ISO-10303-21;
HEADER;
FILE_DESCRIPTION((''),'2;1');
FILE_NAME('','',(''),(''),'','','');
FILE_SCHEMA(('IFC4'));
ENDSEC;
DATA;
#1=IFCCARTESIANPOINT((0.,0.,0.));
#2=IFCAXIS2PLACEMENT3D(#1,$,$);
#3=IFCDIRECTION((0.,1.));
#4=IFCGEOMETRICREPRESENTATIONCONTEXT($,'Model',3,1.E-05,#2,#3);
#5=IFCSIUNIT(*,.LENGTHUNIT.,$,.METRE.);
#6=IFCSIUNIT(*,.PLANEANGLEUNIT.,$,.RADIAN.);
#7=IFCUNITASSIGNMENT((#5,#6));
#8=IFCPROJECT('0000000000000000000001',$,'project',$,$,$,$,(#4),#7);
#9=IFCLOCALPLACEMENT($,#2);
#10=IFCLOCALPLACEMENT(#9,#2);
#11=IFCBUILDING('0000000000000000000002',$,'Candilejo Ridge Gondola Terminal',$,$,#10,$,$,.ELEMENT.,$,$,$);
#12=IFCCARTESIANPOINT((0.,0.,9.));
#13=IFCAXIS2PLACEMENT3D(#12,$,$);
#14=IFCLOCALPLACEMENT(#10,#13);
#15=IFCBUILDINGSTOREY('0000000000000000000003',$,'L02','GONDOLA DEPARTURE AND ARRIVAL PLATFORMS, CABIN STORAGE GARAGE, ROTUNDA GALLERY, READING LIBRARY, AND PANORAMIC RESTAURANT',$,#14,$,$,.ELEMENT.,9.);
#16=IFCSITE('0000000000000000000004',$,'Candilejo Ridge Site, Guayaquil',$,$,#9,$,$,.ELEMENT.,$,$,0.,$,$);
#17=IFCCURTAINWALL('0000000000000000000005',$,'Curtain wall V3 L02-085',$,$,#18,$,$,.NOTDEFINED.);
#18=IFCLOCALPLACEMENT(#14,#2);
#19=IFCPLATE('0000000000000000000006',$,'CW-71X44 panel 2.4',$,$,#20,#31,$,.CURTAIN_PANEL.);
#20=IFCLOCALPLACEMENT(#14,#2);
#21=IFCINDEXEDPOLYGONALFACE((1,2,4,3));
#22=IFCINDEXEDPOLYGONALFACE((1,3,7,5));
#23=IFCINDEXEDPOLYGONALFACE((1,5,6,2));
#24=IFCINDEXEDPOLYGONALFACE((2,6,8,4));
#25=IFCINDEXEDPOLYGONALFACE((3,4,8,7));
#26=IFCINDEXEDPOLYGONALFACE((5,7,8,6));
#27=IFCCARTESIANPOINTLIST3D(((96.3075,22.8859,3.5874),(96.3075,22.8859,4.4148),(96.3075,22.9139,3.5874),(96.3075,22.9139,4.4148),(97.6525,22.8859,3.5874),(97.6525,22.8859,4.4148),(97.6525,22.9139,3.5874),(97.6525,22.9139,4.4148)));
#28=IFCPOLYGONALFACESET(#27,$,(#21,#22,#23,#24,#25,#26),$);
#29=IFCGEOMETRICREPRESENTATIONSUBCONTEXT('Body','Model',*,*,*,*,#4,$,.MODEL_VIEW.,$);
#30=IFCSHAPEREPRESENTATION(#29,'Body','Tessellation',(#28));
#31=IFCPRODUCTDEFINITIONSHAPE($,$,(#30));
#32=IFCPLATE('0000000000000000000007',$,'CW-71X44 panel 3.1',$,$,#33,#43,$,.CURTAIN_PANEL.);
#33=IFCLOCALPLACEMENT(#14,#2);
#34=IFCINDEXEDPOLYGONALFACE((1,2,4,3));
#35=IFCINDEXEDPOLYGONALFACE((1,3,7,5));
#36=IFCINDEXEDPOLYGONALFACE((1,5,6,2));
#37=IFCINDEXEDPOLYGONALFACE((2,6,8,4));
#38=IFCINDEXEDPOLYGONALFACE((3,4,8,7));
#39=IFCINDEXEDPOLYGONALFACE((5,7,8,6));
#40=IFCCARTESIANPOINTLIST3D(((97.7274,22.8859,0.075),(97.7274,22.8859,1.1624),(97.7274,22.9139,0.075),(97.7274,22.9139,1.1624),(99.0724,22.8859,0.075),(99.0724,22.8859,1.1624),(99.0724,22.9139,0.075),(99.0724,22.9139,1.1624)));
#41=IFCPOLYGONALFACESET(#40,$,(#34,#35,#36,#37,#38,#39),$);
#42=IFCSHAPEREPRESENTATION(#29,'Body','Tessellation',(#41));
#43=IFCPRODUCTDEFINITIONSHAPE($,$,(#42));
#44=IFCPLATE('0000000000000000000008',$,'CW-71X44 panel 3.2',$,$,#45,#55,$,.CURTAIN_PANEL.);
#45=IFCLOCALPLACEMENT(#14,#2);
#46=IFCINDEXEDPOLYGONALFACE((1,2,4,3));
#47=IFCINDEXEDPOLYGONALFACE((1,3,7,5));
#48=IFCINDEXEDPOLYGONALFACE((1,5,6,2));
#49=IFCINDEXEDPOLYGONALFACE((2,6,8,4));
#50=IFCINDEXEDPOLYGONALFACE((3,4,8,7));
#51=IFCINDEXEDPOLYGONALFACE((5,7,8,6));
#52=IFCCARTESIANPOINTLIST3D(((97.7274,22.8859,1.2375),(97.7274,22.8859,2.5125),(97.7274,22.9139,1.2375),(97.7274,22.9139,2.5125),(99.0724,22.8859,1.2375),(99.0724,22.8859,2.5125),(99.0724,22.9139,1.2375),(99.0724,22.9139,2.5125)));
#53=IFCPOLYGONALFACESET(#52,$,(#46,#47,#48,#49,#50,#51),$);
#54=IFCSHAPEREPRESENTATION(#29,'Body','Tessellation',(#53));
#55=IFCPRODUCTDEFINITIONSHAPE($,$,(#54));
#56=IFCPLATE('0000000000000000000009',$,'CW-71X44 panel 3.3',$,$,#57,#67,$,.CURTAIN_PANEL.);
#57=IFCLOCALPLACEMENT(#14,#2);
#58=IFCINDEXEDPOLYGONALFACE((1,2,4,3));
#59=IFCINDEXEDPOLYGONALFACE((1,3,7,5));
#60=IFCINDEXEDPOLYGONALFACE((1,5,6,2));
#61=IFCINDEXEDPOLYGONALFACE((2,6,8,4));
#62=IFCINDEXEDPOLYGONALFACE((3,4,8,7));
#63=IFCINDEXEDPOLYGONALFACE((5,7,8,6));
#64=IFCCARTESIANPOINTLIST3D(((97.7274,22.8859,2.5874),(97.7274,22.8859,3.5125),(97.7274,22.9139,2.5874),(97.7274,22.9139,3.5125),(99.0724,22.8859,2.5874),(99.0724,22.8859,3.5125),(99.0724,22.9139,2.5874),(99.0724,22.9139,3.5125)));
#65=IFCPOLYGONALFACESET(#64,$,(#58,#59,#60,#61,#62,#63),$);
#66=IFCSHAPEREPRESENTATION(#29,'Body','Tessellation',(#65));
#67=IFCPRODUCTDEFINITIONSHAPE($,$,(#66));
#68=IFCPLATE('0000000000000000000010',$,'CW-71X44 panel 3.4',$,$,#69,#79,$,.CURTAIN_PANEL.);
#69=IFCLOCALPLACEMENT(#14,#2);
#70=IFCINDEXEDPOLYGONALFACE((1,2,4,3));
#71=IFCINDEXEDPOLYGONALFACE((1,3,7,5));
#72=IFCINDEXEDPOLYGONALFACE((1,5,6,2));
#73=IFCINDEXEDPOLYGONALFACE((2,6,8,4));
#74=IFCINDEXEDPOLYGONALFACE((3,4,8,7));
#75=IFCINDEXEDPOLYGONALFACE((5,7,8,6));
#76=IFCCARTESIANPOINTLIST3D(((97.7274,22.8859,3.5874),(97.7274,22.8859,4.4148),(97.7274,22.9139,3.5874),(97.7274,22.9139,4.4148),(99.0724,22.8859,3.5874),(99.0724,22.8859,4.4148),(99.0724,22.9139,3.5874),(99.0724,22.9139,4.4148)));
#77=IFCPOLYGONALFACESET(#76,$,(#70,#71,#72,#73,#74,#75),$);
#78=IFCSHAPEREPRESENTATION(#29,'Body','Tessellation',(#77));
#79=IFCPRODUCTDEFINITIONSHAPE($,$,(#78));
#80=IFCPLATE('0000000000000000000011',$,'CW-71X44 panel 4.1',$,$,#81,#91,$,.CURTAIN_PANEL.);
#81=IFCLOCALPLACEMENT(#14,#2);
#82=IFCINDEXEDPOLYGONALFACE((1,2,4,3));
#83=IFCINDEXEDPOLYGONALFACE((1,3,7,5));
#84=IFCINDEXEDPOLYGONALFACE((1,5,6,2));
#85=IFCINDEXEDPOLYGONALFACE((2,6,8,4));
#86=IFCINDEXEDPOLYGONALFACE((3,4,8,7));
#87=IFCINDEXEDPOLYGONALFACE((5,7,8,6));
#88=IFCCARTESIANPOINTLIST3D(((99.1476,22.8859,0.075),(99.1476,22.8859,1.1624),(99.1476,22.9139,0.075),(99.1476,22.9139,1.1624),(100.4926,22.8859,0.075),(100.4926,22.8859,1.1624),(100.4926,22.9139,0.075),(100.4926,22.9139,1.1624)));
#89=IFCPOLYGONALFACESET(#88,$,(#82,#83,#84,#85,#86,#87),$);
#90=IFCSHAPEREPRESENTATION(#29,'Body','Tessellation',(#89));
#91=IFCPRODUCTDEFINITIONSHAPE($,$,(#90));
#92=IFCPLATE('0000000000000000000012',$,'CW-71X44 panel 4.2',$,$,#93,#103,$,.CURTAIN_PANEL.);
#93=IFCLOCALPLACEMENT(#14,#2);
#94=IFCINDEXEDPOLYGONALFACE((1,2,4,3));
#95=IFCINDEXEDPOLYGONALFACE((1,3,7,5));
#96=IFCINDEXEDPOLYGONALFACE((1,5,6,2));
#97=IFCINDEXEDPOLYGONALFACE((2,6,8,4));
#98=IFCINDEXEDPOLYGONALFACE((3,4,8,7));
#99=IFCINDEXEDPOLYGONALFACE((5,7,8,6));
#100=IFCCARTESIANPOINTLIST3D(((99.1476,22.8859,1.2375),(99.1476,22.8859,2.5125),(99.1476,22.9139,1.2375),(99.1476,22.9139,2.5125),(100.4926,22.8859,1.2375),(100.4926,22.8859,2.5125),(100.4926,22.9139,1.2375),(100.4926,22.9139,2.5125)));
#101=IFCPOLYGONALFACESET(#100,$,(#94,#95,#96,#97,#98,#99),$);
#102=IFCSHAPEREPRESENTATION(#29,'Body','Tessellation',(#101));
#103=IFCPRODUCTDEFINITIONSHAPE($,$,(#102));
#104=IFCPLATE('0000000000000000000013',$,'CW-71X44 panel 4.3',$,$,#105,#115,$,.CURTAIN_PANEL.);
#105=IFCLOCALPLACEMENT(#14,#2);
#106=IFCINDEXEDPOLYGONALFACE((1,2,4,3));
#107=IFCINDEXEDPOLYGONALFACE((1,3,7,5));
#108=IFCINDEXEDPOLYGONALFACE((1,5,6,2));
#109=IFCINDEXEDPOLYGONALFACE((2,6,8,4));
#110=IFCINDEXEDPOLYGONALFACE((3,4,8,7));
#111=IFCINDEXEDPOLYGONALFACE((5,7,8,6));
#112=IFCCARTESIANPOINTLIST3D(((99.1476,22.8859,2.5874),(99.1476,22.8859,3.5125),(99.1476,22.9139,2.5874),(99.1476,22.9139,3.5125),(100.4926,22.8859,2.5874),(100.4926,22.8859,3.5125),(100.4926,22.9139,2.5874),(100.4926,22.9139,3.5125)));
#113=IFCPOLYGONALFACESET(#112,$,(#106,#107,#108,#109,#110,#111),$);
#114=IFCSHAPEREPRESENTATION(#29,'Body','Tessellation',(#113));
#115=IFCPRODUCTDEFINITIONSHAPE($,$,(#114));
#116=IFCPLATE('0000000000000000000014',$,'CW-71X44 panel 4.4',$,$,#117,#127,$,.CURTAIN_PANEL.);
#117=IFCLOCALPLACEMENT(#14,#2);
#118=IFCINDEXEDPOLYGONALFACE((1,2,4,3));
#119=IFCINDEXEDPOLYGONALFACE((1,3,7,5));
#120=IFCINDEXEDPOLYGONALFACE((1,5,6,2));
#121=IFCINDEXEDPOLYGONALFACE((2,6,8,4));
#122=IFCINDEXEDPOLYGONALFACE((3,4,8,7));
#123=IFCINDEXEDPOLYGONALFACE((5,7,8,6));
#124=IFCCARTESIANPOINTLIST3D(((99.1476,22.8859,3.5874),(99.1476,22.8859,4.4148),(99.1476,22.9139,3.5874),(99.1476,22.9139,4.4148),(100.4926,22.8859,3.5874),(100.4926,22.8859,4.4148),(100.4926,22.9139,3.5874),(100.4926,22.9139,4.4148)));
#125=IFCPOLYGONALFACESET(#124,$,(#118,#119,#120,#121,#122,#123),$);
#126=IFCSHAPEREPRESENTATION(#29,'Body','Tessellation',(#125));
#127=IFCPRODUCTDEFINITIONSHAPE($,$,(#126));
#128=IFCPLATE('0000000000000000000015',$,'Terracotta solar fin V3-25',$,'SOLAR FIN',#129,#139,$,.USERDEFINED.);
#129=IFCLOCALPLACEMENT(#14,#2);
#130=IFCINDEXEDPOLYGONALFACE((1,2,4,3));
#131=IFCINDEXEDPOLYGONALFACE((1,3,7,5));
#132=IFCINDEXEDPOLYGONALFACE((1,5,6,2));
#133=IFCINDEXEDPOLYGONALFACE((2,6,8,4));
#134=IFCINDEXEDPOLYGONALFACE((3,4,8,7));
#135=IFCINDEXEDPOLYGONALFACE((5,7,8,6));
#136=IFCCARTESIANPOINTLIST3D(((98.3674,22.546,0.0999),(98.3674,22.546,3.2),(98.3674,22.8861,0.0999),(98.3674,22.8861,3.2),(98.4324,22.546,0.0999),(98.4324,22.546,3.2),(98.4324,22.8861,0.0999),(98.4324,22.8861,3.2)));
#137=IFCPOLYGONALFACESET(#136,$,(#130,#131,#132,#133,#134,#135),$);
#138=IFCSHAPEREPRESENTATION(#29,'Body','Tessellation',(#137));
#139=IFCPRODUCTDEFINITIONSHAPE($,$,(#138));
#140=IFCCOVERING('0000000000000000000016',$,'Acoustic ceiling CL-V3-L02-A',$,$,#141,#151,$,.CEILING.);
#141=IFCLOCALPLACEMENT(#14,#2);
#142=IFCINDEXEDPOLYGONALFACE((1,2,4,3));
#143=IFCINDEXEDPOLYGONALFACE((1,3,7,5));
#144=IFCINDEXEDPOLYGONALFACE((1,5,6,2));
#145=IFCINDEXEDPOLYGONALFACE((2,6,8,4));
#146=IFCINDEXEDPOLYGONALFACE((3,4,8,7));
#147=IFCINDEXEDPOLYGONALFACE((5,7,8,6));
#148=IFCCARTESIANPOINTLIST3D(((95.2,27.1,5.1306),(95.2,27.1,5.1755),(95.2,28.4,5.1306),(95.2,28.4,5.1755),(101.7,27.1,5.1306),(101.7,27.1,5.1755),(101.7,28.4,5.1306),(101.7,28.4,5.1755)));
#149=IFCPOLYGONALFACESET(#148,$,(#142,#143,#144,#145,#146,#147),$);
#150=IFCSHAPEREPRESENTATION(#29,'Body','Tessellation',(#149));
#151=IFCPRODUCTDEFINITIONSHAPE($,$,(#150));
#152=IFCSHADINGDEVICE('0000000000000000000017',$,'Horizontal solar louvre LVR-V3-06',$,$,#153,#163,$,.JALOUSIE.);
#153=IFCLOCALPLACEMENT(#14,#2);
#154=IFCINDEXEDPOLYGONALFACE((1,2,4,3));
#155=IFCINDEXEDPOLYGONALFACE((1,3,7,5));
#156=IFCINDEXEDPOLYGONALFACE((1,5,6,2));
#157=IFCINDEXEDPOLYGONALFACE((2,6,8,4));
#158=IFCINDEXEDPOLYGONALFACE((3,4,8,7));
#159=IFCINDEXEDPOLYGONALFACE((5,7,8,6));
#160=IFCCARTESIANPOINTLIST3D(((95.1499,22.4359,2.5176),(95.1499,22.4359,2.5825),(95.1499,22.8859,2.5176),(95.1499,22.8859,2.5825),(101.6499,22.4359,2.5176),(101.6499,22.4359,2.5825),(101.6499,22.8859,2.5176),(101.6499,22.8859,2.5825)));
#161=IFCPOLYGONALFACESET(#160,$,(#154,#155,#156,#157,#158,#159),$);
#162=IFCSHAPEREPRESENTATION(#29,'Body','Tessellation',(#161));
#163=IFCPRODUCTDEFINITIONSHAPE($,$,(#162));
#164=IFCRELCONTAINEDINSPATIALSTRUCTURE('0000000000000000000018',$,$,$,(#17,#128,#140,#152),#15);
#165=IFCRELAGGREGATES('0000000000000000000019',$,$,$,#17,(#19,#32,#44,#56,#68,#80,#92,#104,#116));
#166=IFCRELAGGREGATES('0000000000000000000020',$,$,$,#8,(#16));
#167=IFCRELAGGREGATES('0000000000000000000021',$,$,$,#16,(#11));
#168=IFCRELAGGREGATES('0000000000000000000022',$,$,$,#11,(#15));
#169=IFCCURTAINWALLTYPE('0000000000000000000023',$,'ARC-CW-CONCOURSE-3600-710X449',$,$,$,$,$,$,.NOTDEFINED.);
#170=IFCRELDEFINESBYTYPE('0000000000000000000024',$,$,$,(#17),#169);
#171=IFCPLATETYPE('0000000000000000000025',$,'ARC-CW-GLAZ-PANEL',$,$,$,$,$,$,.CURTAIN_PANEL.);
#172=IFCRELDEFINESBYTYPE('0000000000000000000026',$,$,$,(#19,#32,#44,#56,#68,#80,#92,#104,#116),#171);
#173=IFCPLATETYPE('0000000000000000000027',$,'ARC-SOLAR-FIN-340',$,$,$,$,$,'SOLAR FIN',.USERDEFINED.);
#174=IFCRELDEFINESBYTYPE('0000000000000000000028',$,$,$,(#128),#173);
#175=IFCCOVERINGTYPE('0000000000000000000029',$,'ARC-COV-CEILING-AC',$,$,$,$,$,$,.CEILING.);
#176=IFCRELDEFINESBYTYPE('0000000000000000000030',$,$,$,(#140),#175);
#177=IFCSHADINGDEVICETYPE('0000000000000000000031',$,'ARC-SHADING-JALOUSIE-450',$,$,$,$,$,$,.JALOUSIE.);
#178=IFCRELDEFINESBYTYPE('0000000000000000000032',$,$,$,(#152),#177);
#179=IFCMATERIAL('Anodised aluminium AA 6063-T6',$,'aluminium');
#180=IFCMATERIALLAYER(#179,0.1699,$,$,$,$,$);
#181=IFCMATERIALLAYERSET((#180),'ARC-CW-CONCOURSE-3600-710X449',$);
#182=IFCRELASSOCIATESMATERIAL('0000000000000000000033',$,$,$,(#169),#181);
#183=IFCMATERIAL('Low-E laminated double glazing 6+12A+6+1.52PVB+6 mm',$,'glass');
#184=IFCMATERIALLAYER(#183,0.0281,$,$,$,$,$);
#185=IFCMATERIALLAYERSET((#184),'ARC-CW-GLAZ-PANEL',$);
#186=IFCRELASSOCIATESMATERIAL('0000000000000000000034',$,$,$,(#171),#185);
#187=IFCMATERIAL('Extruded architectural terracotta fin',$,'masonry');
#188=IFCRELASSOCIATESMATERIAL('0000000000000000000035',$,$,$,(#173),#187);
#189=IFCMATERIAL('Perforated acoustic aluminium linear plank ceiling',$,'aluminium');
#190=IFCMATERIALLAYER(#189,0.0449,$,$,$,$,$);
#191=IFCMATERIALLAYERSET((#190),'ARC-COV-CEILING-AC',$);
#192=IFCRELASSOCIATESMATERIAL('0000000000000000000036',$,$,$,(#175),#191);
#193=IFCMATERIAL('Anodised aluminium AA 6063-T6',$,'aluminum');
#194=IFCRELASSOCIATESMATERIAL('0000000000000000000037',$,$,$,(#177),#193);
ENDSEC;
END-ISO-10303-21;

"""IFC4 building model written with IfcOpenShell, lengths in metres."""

from ifc_helpers import new_model, si_unit, direction, frame, origin, origin_2d, place, context, subcontext, project, spatial, rectangle, extrude, material, layer, layer_set, type_object, element, aggregate, save


model = new_model("IFC4")

# Units and contexts
model_context = context("Model", 3, precision=1e-05, world=origin(), true_north=direction((0.0, 1.0)))
body_context = subcontext(model_context, "Body", "Model", "MODEL_VIEW")
ifc_project = project(units=[si_unit("LENGTHUNIT", "METRE"), si_unit("PLANEANGLEUNIT", "RADIAN")], contexts=[model_context])

# Site, building, storey
site_placement = place(None, origin())
site = spatial("IfcSite", under=ifc_project, at=site_placement, Name="Candilejo Ridge Site, Guayaquil", CompositionType="ELEMENT", RefElevation=0.0)
building_placement = place(site_placement, origin())
building = spatial("IfcBuilding", under=site, at=building_placement, Name="Candilejo Ridge Gondola Terminal", CompositionType="ELEMENT")
storey_placement = place(building_placement, frame((0.0, 0.0, 9.0)))
storey = spatial("IfcBuildingStorey", under=building, at=storey_placement, Name="L02", Description="GONDOLA DEPARTURE AND ARRIVAL PLATFORMS, CABIN STORAGE GARAGE, ROTUNDA GALLERY, READING LIBRARY, AND PANORAMIC RESTAURANT", CompositionType="ELEMENT", Elevation=9.0)

# Curtain wall, plates
ifc_material_1 = material(Name="Anodised aluminium AA 6063-T6", Category="aluminium")
ifc_layer_1 = layer(ifc_material_1, 0.1699)
ifc_layer_set_1 = layer_set([ifc_layer_1], Name="ARC-CW-CONCOURSE-3600-710X449")
curtain_wall_type = type_object("IfcCurtainWallType", Name="ARC-CW-CONCOURSE-3600-710X449", PredefinedType="NOTDEFINED", material=ifc_layer_set_1)
curtain_wall_placement = place(storey_placement, origin())
curtain_wall = element("IfcCurtainWall", 1, at=curtain_wall_placement, inside=storey, type_object=curtain_wall_type, Name="Curtain wall V3 L02-085", PredefinedType="NOTDEFINED")
ifc_material_2 = material(Name="Low-E laminated double glazing 6+12A+6+1.52PVB+6 mm", Category="glass")
ifc_layer_2 = layer(ifc_material_2, 0.0281)
ifc_layer_set_2 = layer_set([ifc_layer_2], Name="ARC-CW-GLAZ-PANEL")
plate_type_1 = type_object("IfcPlateType", Name="ARC-CW-GLAZ-PANEL", PredefinedType="CURTAIN_PANEL", material=ifc_layer_set_2)
plate_1_placement = place(storey_placement, frame((96.98, 22.8999, 3.5874), z_axis=(0.0, 0.0, 1.0), x_axis=(1.0, 0.0, 0.0)))
plate_1 = element("IfcPlate", 2, at=plate_1_placement, type_object=plate_type_1, Name="CW-71X44 panel 2.4", PredefinedType="CURTAIN_PANEL", context=body_context, shape_type="SweptSolid", body=[
    extrude(rectangle(XDim=1.345, YDim=0.0281, at=origin_2d()), origin(), (0.0, 0.0, 1.0), 0.8274),
])
plate_2_placement = place(storey_placement, frame((98.3999, 22.8999, 0.075), z_axis=(0.0, 0.0, 1.0), x_axis=(1.0, 0.0, 0.0)))
plate_2 = element("IfcPlate", 3, at=plate_2_placement, type_object=plate_type_1, Name="CW-71X44 panel 3.1", PredefinedType="CURTAIN_PANEL", context=body_context, shape_type="SweptSolid", body=[
    extrude(rectangle(XDim=1.345, YDim=0.0281, at=origin_2d()), origin(), (0.0, 0.0, 1.0), 1.0874),
])
plate_3_placement = place(storey_placement, frame((98.3999, 22.8999, 1.2375), z_axis=(0.0, 0.0, 1.0), x_axis=(1.0, 0.0, 0.0)))
plate_3 = element("IfcPlate", 4, at=plate_3_placement, type_object=plate_type_1, Name="CW-71X44 panel 3.2", PredefinedType="CURTAIN_PANEL", context=body_context, shape_type="SweptSolid", body=[
    extrude(rectangle(XDim=1.345, YDim=0.0281, at=origin_2d()), origin(), (0.0, 0.0, 1.0), 1.2749),
])
plate_4_placement = place(storey_placement, frame((98.3999, 22.8999, 2.5874), z_axis=(0.0, 0.0, 1.0), x_axis=(1.0, 0.0, 0.0)))
plate_4 = element("IfcPlate", 5, at=plate_4_placement, type_object=plate_type_1, Name="CW-71X44 panel 3.3", PredefinedType="CURTAIN_PANEL", context=body_context, shape_type="SweptSolid", body=[
    extrude(rectangle(XDim=1.345, YDim=0.0281, at=origin_2d()), origin(), (0.0, 0.0, 1.0), 0.925),
])
plate_5_placement = place(storey_placement, frame((98.3999, 22.8999, 3.5874), z_axis=(0.0, 0.0, 1.0), x_axis=(1.0, 0.0, 0.0)))
plate_5 = element("IfcPlate", 6, at=plate_5_placement, type_object=plate_type_1, Name="CW-71X44 panel 3.4", PredefinedType="CURTAIN_PANEL", context=body_context, shape_type="SweptSolid", body=[
    extrude(rectangle(XDim=1.345, YDim=0.0281, at=origin_2d()), origin(), (0.0, 0.0, 1.0), 0.8274),
])
plate_6_placement = place(storey_placement, frame((99.8201, 22.8999, 0.075), z_axis=(0.0, 0.0, 1.0), x_axis=(1.0, 0.0, 0.0)))
plate_6 = element("IfcPlate", 7, at=plate_6_placement, type_object=plate_type_1, Name="CW-71X44 panel 4.1", PredefinedType="CURTAIN_PANEL", context=body_context, shape_type="SweptSolid", body=[
    extrude(rectangle(XDim=1.345, YDim=0.0281, at=origin_2d()), origin(), (0.0, 0.0, 1.0), 1.0874),
])
plate_7_placement = place(storey_placement, frame((99.8201, 22.8999, 1.2375), z_axis=(0.0, 0.0, 1.0), x_axis=(1.0, 0.0, 0.0)))
plate_7 = element("IfcPlate", 8, at=plate_7_placement, type_object=plate_type_1, Name="CW-71X44 panel 4.2", PredefinedType="CURTAIN_PANEL", context=body_context, shape_type="SweptSolid", body=[
    extrude(rectangle(XDim=1.345, YDim=0.0281, at=origin_2d()), origin(), (0.0, 0.0, 1.0), 1.2749),
])
plate_8_placement = place(storey_placement, frame((99.8201, 22.8999, 2.5874), z_axis=(0.0, 0.0, 1.0), x_axis=(1.0, 0.0, 0.0)))
plate_8 = element("IfcPlate", 9, at=plate_8_placement, type_object=plate_type_1, Name="CW-71X44 panel 4.3", PredefinedType="CURTAIN_PANEL", context=body_context, shape_type="SweptSolid", body=[
    extrude(rectangle(XDim=1.345, YDim=0.0281, at=origin_2d()), origin(), (0.0, 0.0, 1.0), 0.925),
])
plate_9_placement = place(storey_placement, frame((99.8201, 22.8999, 3.5874), z_axis=(0.0, 0.0, 1.0), x_axis=(1.0, 0.0, 0.0)))
plate_9 = element("IfcPlate", 10, at=plate_9_placement, type_object=plate_type_1, Name="CW-71X44 panel 4.4", PredefinedType="CURTAIN_PANEL", context=body_context, shape_type="SweptSolid", body=[
    extrude(rectangle(XDim=1.345, YDim=0.0281, at=origin_2d()), origin(), (0.0, 0.0, 1.0), 0.8274),
])
aggregate(curtain_wall, [plate_1, plate_2, plate_3, plate_4, plate_5, plate_6, plate_7, plate_8, plate_9])

# Plate
ifc_material_3 = material(Name="Extruded architectural terracotta fin", Category="masonry")
plate_type_2 = type_object("IfcPlateType", Name="ARC-SOLAR-FIN-340", ElementType="SOLAR FIN", PredefinedType="USERDEFINED", material=ifc_material_3)
plate_10_placement = place(storey_placement, frame((98.3999, 22.7161, 0.0999), z_axis=(0.0, 0.0, 1.0), x_axis=(1.0, 0.0, 0.0)))
element("IfcPlate", 11, at=plate_10_placement, inside=storey, type_object=plate_type_2, Name="Terracotta solar fin V3-25", ObjectType="SOLAR FIN", PredefinedType="USERDEFINED", context=body_context, shape_type="SweptSolid", body=[
    extrude(rectangle(XDim=0.0649, YDim=0.3401, at=origin_2d()), origin(), (0.0, 0.0, 1.0), 3.1001),
])

# Covering
ifc_material_4 = material(Name="Perforated acoustic aluminium linear plank ceiling", Category="aluminium")
ifc_layer_3 = layer(ifc_material_4, 0.0449)
ifc_layer_set_3 = layer_set([ifc_layer_3], Name="ARC-COV-CEILING-AC")
covering_type = type_object("IfcCoveringType", Name="ARC-COV-CEILING-AC", PredefinedType="CEILING", material=ifc_layer_set_3)
covering_placement = place(storey_placement, frame((98.45, 27.75, 5.1306), z_axis=(0.0, 0.0, 1.0), x_axis=(1.0, 0.0, 0.0)))
element("IfcCovering", 12, at=covering_placement, inside=storey, type_object=covering_type, Name="Acoustic ceiling CL-V3-L02-A", PredefinedType="CEILING", context=body_context, shape_type="SweptSolid", body=[
    extrude(rectangle(XDim=6.5, YDim=1.3, at=origin_2d()), origin(), (0.0, 0.0, 1.0), 0.0449),
])

# Shading device
ifc_material_5 = material(Name="Anodised aluminium AA 6063-T6", Category="aluminum")
shading_device_type = type_object("IfcShadingDeviceType", Name="ARC-SHADING-JALOUSIE-450", PredefinedType="JALOUSIE", material=ifc_material_5)
shading_device_placement = place(storey_placement, frame((98.3999, 22.6609, 2.5176)))
element("IfcShadingDevice", 13, at=shading_device_placement, inside=storey, type_object=shading_device_type, Name="Horizontal solar louvre LVR-V3-06", PredefinedType="JALOUSIE", context=body_context, shape_type="SweptSolid", body=[
    extrude(rectangle(XDim=6.5, YDim=0.45, at=origin_2d()), origin(), (0.0, 0.0, 1.0), 0.0649),
])

save(model, "model.ifc")
